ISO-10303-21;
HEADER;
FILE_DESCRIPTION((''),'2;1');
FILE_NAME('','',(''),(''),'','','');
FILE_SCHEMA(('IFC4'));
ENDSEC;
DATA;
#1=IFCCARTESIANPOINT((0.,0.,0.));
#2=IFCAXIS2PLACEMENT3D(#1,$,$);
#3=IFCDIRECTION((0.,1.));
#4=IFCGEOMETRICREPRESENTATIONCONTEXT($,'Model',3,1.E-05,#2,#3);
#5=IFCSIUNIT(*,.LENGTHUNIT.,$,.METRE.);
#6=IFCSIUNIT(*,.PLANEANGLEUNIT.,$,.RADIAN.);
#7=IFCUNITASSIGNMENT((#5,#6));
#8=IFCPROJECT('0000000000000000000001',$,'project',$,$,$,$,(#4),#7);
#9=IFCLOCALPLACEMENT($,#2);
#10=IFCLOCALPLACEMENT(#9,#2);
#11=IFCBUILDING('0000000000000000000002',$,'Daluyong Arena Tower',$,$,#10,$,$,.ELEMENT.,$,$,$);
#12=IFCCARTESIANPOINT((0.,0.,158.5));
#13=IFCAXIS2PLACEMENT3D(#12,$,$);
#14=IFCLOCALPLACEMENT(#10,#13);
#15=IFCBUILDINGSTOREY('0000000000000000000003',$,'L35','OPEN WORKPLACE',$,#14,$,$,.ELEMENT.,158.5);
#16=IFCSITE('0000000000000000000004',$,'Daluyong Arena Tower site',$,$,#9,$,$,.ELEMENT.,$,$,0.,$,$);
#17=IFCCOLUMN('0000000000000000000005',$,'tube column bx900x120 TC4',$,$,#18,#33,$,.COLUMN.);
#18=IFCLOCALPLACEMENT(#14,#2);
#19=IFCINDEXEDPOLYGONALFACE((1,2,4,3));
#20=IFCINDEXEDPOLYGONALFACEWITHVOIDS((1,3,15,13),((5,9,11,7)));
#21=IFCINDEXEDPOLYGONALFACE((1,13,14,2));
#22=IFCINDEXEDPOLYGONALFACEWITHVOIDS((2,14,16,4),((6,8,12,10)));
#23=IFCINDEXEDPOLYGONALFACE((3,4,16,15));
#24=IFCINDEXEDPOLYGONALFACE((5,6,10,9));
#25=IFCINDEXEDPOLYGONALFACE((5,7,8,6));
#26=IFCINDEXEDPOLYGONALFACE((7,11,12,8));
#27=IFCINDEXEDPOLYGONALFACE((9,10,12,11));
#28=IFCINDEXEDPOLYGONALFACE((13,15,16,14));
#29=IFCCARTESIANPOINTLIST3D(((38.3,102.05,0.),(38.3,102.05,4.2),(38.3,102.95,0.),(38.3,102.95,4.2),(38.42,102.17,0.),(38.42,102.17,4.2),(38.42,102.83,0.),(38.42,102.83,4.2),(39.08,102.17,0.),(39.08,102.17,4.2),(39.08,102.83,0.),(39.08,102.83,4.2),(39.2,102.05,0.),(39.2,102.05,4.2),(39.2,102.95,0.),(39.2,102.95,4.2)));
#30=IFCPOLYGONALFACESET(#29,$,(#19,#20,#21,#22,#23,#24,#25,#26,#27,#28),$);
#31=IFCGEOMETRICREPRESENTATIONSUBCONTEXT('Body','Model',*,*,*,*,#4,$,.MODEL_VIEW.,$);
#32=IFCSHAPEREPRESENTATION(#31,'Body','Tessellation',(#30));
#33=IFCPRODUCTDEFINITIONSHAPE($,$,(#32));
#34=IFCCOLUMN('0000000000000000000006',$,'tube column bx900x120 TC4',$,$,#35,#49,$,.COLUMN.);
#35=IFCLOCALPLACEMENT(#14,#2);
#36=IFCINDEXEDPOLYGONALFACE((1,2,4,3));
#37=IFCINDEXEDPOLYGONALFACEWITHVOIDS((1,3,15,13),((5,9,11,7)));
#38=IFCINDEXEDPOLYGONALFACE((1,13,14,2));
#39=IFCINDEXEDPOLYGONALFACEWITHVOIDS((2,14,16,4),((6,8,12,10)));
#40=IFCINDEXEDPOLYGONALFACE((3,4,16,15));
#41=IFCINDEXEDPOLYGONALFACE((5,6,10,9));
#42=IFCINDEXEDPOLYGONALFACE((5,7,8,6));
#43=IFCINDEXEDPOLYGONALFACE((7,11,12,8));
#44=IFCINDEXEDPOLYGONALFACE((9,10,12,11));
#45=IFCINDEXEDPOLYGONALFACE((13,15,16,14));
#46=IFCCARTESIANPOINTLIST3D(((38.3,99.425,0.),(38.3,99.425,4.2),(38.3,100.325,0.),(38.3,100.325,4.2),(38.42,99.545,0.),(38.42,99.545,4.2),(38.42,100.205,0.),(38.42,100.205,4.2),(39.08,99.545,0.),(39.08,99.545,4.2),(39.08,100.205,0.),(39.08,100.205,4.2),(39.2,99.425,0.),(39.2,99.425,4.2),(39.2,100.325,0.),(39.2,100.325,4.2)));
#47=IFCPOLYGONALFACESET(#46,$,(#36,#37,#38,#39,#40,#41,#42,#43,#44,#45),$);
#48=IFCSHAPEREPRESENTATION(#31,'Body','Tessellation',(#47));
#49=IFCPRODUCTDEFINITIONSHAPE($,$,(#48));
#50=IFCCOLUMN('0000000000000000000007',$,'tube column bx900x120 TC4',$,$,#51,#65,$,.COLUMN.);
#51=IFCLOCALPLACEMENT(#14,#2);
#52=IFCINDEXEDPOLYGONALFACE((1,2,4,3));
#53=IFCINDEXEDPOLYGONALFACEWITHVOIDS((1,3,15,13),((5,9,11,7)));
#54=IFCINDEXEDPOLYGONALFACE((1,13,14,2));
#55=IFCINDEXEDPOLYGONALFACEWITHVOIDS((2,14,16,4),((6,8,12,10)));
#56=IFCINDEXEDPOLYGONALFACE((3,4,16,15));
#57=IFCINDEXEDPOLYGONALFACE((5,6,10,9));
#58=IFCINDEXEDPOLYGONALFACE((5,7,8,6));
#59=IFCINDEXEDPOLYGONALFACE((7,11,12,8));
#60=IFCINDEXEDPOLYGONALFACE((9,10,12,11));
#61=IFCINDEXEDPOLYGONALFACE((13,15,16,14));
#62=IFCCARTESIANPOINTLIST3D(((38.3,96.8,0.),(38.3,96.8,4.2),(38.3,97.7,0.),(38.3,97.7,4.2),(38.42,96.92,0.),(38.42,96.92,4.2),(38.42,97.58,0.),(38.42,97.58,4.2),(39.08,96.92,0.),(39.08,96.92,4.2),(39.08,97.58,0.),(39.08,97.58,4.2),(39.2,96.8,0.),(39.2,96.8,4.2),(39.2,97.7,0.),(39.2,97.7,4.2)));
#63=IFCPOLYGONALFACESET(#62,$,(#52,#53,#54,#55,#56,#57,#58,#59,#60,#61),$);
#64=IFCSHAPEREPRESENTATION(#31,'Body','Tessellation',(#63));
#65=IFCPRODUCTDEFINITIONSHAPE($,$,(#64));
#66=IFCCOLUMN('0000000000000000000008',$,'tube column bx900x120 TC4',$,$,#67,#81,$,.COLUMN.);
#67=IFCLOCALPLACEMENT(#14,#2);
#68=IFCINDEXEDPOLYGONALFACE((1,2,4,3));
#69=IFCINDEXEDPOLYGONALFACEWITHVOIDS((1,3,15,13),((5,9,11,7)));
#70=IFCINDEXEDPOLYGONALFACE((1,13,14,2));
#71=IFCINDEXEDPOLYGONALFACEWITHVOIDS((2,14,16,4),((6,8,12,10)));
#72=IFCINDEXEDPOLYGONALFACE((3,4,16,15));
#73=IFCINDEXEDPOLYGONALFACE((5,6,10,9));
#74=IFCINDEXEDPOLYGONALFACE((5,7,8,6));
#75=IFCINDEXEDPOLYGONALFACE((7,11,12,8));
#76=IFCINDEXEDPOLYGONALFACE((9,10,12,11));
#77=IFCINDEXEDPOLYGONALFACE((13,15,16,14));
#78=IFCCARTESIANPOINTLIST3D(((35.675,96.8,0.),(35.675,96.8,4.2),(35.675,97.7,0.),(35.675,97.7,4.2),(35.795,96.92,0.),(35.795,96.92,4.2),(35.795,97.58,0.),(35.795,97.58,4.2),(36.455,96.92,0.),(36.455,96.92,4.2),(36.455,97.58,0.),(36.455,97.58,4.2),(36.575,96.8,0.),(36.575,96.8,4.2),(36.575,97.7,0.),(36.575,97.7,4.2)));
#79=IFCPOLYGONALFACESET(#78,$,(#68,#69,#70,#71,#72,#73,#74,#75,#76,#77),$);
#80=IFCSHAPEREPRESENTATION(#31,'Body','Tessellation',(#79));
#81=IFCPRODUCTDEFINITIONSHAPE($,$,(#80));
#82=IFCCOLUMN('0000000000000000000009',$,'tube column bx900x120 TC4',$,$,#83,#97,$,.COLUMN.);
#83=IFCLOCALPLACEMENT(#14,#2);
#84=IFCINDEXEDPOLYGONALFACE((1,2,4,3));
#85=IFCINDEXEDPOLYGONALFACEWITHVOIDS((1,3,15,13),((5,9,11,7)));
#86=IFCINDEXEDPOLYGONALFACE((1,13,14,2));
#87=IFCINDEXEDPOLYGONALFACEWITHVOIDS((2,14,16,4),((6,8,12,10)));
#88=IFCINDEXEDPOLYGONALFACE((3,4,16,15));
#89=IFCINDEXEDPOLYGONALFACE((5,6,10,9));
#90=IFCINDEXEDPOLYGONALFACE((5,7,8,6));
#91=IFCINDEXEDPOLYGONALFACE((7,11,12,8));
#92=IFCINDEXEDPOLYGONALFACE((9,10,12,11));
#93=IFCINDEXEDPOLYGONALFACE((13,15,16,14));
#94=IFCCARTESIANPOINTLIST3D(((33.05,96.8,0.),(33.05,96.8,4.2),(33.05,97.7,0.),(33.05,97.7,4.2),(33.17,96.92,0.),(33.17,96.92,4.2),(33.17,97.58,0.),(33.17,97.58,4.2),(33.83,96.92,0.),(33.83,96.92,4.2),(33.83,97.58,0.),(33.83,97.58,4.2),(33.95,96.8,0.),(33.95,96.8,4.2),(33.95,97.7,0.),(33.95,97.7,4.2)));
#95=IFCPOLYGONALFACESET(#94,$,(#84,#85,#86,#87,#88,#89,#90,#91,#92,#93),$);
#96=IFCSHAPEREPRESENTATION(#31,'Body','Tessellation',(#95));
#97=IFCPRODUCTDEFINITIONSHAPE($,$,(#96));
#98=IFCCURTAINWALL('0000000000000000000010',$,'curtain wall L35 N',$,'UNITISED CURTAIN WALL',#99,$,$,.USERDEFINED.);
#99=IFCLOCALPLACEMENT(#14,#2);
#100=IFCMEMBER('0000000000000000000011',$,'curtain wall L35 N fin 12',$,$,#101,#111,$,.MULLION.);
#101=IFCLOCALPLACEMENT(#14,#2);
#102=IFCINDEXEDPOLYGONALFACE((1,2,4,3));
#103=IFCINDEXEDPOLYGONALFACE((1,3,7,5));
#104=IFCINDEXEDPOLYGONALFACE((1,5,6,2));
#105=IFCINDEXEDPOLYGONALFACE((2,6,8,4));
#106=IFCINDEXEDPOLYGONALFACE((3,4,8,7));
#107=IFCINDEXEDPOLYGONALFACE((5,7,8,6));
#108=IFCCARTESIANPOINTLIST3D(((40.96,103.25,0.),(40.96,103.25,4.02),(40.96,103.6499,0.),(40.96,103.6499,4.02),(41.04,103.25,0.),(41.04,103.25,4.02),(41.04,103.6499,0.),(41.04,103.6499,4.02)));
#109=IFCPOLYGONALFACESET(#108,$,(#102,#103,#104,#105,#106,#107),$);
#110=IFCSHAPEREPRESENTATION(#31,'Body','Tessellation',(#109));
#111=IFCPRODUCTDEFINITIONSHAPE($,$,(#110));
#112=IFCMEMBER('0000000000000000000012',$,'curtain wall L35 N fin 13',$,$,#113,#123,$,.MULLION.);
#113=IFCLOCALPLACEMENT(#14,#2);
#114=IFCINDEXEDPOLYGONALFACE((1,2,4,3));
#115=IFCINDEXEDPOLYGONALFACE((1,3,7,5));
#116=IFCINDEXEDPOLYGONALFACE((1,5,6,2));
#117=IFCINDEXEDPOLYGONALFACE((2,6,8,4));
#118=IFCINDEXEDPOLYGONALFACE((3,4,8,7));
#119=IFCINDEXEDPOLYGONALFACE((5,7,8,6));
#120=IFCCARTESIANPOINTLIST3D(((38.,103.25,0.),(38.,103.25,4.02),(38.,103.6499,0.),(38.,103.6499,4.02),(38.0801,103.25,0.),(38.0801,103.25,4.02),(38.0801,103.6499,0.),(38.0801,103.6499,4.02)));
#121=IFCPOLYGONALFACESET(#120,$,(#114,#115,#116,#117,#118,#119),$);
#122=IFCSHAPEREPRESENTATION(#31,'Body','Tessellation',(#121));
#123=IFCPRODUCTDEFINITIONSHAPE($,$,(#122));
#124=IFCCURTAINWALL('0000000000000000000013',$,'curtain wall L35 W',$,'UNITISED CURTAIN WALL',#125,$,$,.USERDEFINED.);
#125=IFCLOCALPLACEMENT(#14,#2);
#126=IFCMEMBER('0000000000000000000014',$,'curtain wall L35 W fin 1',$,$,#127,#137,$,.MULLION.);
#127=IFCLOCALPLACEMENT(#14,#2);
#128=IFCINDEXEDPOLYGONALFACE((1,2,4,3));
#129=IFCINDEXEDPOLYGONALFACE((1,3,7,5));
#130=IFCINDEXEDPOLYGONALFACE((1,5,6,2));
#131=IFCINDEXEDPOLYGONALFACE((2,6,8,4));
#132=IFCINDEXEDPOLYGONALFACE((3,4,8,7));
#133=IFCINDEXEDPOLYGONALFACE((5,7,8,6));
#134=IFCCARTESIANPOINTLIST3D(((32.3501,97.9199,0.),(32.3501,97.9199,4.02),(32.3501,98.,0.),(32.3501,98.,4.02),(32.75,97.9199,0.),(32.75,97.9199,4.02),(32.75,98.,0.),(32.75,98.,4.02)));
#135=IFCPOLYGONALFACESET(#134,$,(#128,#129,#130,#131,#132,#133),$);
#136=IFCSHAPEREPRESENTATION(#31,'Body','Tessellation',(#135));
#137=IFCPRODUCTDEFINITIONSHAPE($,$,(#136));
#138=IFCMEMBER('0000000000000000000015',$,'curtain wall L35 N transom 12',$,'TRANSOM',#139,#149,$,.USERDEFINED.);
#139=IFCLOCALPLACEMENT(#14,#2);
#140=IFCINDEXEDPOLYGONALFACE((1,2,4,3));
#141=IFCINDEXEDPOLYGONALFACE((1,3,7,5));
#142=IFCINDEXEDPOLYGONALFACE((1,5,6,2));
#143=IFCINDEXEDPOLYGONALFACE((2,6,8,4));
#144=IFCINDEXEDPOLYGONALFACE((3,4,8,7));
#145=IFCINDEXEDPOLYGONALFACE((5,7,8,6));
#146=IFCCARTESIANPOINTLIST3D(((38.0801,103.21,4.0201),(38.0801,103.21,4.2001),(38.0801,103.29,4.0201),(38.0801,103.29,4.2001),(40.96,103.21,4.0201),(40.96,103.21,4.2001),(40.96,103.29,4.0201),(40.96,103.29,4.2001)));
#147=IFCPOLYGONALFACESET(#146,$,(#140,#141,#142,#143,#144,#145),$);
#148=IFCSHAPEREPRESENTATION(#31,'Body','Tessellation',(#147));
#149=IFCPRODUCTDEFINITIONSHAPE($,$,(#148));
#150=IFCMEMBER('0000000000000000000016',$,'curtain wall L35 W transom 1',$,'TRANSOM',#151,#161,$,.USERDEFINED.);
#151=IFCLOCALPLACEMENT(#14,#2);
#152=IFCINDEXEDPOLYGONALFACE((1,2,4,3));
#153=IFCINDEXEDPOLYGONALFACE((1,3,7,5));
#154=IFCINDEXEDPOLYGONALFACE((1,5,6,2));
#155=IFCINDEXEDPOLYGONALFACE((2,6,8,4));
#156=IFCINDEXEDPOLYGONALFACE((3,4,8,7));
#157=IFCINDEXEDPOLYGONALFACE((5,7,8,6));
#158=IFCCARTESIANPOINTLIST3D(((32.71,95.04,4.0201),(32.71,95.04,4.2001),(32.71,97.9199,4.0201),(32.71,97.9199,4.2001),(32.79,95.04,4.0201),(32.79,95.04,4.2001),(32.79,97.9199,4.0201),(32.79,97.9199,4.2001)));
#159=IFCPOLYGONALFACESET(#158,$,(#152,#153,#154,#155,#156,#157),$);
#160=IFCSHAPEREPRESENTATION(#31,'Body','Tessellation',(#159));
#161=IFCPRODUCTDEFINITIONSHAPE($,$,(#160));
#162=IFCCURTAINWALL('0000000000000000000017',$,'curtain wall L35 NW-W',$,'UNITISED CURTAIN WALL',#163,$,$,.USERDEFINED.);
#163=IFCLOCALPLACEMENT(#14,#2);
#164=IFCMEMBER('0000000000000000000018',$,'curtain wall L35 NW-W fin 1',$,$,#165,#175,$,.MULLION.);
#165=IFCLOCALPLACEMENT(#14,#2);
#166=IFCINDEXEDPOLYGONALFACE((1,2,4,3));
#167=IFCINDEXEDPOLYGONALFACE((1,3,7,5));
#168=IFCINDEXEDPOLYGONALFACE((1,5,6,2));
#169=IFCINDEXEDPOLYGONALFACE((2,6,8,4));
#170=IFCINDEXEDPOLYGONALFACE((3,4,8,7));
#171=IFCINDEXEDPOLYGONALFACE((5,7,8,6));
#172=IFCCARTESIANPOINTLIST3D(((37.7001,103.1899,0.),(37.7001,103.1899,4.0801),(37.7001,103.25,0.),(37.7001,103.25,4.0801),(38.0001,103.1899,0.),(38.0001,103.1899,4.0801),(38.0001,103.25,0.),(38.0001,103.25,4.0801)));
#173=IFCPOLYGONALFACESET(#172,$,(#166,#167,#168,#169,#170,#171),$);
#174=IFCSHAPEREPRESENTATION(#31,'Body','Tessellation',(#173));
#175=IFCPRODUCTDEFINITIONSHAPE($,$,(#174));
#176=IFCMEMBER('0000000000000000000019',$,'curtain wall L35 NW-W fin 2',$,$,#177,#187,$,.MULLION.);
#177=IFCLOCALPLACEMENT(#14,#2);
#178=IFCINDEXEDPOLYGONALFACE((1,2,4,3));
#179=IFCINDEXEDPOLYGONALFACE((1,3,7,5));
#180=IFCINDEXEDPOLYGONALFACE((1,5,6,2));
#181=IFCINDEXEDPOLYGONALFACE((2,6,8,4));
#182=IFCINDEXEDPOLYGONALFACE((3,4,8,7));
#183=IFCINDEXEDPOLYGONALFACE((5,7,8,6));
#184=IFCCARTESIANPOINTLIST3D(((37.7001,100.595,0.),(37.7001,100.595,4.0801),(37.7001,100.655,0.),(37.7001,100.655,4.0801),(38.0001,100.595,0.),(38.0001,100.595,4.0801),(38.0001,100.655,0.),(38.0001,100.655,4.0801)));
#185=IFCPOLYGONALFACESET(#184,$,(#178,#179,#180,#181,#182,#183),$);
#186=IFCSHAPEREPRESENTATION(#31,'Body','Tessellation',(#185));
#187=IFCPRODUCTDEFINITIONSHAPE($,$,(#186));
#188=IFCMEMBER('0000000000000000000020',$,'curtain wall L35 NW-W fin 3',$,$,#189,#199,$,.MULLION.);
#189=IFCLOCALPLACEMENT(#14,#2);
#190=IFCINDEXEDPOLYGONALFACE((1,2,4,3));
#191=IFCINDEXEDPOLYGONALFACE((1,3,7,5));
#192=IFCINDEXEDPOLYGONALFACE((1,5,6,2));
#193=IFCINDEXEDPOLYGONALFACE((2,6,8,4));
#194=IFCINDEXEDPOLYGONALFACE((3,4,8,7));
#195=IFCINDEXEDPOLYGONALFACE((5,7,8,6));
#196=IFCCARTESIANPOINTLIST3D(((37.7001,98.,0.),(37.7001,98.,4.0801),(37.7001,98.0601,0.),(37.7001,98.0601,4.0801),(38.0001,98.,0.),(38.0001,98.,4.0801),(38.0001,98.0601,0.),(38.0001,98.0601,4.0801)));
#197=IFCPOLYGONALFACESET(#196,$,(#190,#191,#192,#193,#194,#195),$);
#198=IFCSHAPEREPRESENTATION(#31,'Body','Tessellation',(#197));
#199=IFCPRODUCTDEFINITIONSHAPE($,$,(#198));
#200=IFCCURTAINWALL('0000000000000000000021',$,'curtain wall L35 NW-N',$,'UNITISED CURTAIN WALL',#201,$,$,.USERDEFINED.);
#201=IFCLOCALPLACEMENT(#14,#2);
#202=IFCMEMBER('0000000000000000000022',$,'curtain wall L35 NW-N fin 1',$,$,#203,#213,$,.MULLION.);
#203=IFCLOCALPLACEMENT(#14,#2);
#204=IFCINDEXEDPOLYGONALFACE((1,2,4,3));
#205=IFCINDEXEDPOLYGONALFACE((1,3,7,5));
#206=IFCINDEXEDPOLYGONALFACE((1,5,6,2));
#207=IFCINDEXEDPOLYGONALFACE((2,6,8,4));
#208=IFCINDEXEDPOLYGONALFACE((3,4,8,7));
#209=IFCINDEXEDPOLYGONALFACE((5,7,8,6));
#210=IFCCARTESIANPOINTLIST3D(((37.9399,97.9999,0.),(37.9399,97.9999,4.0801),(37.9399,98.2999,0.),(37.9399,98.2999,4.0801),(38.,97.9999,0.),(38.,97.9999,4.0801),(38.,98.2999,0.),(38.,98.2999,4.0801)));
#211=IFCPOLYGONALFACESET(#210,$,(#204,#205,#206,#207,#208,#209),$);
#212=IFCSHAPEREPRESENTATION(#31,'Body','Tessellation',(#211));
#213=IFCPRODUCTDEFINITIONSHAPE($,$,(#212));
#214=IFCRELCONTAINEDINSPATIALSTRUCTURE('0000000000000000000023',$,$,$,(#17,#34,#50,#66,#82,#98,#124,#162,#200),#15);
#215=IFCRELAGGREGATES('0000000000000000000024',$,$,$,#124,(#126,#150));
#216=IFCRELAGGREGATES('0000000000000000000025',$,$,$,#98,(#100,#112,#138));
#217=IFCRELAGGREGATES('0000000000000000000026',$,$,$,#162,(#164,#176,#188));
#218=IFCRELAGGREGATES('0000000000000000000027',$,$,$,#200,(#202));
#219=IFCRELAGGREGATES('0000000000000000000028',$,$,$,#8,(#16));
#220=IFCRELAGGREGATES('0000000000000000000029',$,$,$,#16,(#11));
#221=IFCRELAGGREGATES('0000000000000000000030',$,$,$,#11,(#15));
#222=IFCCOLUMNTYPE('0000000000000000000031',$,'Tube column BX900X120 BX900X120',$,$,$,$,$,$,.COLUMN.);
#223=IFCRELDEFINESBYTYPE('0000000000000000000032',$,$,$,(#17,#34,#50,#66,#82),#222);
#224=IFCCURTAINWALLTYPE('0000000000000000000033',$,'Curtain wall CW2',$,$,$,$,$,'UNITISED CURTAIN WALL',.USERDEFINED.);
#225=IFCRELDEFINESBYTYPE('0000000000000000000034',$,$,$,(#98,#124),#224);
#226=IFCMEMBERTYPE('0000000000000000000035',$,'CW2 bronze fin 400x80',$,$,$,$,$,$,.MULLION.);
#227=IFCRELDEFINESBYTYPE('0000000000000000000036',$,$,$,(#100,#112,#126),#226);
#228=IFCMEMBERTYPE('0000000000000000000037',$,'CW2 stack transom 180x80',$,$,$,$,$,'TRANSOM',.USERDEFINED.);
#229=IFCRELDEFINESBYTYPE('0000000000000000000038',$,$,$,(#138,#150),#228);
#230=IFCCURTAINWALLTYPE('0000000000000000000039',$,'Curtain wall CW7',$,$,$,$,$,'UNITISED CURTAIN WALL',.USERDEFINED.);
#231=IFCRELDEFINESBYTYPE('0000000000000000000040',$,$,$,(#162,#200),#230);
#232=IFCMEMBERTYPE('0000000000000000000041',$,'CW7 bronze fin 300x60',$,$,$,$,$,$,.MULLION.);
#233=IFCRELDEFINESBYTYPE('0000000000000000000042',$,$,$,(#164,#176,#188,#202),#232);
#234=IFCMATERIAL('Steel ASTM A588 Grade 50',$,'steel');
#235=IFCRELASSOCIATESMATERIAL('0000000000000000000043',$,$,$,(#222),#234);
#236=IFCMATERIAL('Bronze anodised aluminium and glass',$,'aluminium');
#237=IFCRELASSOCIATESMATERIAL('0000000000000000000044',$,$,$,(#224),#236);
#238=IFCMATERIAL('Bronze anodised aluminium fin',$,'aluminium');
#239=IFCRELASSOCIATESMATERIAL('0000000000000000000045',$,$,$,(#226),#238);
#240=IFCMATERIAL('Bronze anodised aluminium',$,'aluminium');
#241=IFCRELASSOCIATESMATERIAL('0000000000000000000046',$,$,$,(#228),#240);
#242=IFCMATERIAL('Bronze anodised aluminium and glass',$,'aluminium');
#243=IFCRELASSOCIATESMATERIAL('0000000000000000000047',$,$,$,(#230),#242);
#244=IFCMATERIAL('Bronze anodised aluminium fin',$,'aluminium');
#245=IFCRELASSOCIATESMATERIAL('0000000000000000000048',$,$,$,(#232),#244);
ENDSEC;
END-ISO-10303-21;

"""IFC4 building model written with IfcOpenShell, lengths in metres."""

from ifc_helpers import new_model, si_unit, direction, frame, origin, origin_2d, place, context, subcontext, project, spatial, rectangle, hollow_rectangle, extrude, material, material_profile, profile_set, type_object, element, aggregate, save


model = new_model("IFC4")

# Units and contexts
model_context = context("Model", 3, precision=1e-05, world=origin(), true_north=direction((0.0, 1.0)))
body_context = subcontext(model_context, "Body", "Model", "MODEL_VIEW")
ifc_project = project(units=[si_unit("LENGTHUNIT", "METRE"), si_unit("PLANEANGLEUNIT", "RADIAN")], contexts=[model_context])

# Site, building, storey
site_placement = place(None, origin())
site = spatial("IfcSite", under=ifc_project, at=site_placement, Name="Daluyong Arena Tower site", CompositionType="ELEMENT", RefElevation=0.0)
building_placement = place(site_placement, origin())
building = spatial("IfcBuilding", under=site, at=building_placement, Name="Daluyong Arena Tower", CompositionType="ELEMENT")
storey_placement = place(building_placement, frame((0.0, 0.0, 158.5)))
storey = spatial("IfcBuildingStorey", under=building, at=storey_placement, Name="L35", Description="OPEN WORKPLACE", CompositionType="ELEMENT", Elevation=158.5)

# Columns
ifc_material_1 = material(Name="Steel ASTM A588 Grade 50", Category="steel")
ifc_material_profile_1 = material_profile(ifc_material_1, hollow_rectangle(XDim=0.8999, YDim=0.8999, WallThickness=0.12, at=origin_2d()))
ifc_profile_set_1 = profile_set([ifc_material_profile_1], Name="Steel ASTM A588 Grade 50")
column_type = type_object("IfcColumnType", Name="Tube column BX900X120 BX900X120", PredefinedType="COLUMN", material=ifc_profile_set_1)
for number, where, z_axis, x_axis, name in (
    (1, (38.75, 102.5, 0.0), (0.0, 0.0, 1.0), (0.0, 1.0, 0.0), "tube column bx900x120 TC4"),
    (2, (38.75, 99.875, 0.0), (0.0, 0.0, 1.0), (0.0, 1.0, 0.0), "tube column bx900x120 TC4"),
    (3, (38.75, 97.25, 0.0), (0.0, 0.0, 1.0), (1.0, 0.0, 0.0), "tube column bx900x120 TC4"),
    (4, (36.125, 97.25, 0.0), (0.0, 0.0, 1.0), (1.0, 0.0, 0.0), "tube column bx900x120 TC4"),
    (5, (33.5, 97.25, 0.0), (0.0, 0.0, 1.0), (0.0, 1.0, 0.0), "tube column bx900x120 TC4"),
):
    element("IfcColumn", number, at=place(storey_placement, frame(where, z_axis=z_axis, x_axis=x_axis)), inside=storey, type_object=column_type, Name=name, PredefinedType="COLUMN", context=body_context, shape_type="SweptSolid", body=[
        extrude(hollow_rectangle(XDim=0.8999, YDim=0.8999, WallThickness=0.12, at=origin_2d()), origin(), (0.0, 0.0, 1.0), 4.2),
    ])

# Curtain wall, members
ifc_material_2 = material(Name="Bronze anodised aluminium and glass", Category="aluminium")
curtain_wall_type_1 = type_object("IfcCurtainWallType", Name="Curtain wall CW2", ElementType="UNITISED CURTAIN WALL", PredefinedType="USERDEFINED", material=ifc_material_2)
curtain_wall_1_placement = place(storey_placement, origin())
curtain_wall_1 = element("IfcCurtainWall", 6, at=curtain_wall_1_placement, inside=storey, type_object=curtain_wall_type_1, Name="curtain wall L35 N", ObjectType="UNITISED CURTAIN WALL", PredefinedType="USERDEFINED")
ifc_material_3 = material(Name="Bronze anodised aluminium fin", Category="aluminium")
ifc_material_profile_2 = material_profile(ifc_material_3, rectangle(XDim=0.3999, YDim=0.0801, at=origin_2d()))
ifc_profile_set_2 = profile_set([ifc_material_profile_2], Name="Bronze anodised aluminium fin")
member_type_1 = type_object("IfcMemberType", Name="CW2 bronze fin 400x80", PredefinedType="MULLION", material=ifc_profile_set_2)
member_1_placement = place(storey_placement, frame((41.0, 103.45, 0.0), z_axis=(0.0, 0.0, 1.0), x_axis=(0.0, -1.0, 0.0)))
member_1 = element("IfcMember", 7, at=member_1_placement, type_object=member_type_1, Name="curtain wall L35 N fin 12", PredefinedType="MULLION", context=body_context, shape_type="SweptSolid", body=[
    extrude(rectangle(XDim=0.3999, YDim=0.0801, at=origin_2d()), origin(), (0.0, 0.0, 1.0), 4.02),
])
member_2_placement = place(storey_placement, frame((38.04, 103.45, 0.0), z_axis=(0.0, 0.0, 1.0), x_axis=(0.0, -1.0, 0.0)))
member_2 = element("IfcMember", 8, at=member_2_placement, type_object=member_type_1, Name="curtain wall L35 N fin 13", PredefinedType="MULLION", context=body_context, shape_type="SweptSolid", body=[
    extrude(rectangle(XDim=0.3999, YDim=0.0801, at=origin_2d()), origin(), (0.0, 0.0, 1.0), 4.02),
])

# Curtain wall, member
curtain_wall_2_placement = place(storey_placement, origin())
curtain_wall_2 = element("IfcCurtainWall", 9, at=curtain_wall_2_placement, inside=storey, type_object=curtain_wall_type_1, Name="curtain wall L35 W", ObjectType="UNITISED CURTAIN WALL", PredefinedType="USERDEFINED")
member_3_placement = place(storey_placement, frame((32.55, 97.96, 0.0), z_axis=(0.0, 0.0, 1.0), x_axis=(1.0, 0.0, 0.0)))
member_3 = element("IfcMember", 10, at=member_3_placement, type_object=member_type_1, Name="curtain wall L35 W fin 1", PredefinedType="MULLION", context=body_context, shape_type="SweptSolid", body=[
    extrude(rectangle(XDim=0.3999, YDim=0.0801, at=origin_2d()), origin(), (0.0, 0.0, 1.0), 4.02),
])

# Members
ifc_material_4 = material(Name="Bronze anodised aluminium", Category="aluminium")
ifc_material_profile_3 = material_profile(ifc_material_4, rectangle(XDim=0.0801, YDim=0.1799, at=origin_2d()))
ifc_profile_set_3 = profile_set([ifc_material_profile_3], Name="Bronze anodised aluminium")
member_type_2 = type_object("IfcMemberType", Name="CW2 stack transom 180x80", ElementType="TRANSOM", PredefinedType="USERDEFINED", material=ifc_profile_set_3)
member_4_placement = place(storey_placement, frame((40.96, 103.25, 4.1101), z_axis=(-1.0, 0.0, 0.0), x_axis=(0.0, -1.0, 0.0)))
member_4 = element("IfcMember", 11, at=member_4_placement, type_object=member_type_2, Name="curtain wall L35 N transom 12", ObjectType="TRANSOM", PredefinedType="USERDEFINED", context=body_context, shape_type="SweptSolid", body=[
    extrude(rectangle(XDim=0.0801, YDim=0.1799, at=origin_2d()), origin(), (0.0, 0.0, 1.0), 2.8799),
])
member_5_placement = place(storey_placement, frame((32.75, 97.9199, 4.1101), z_axis=(0.0, -1.0, 0.0), x_axis=(1.0, 0.0, 0.0)))
member_5 = element("IfcMember", 12, at=member_5_placement, type_object=member_type_2, Name="curtain wall L35 W transom 1", ObjectType="TRANSOM", PredefinedType="USERDEFINED", context=body_context, shape_type="SweptSolid", body=[
    extrude(rectangle(XDim=0.0801, YDim=0.1799, at=origin_2d()), origin(), (0.0, 0.0, 1.0), 2.8799),
])
aggregate(curtain_wall_2, [member_3, member_5])

# Curtain walls, members
ifc_material_5 = material(Name="Bronze anodised aluminium and glass", Category="aluminium")
curtain_wall_type_2 = type_object("IfcCurtainWallType", Name="Curtain wall CW7", ElementType="UNITISED CURTAIN WALL", PredefinedType="USERDEFINED", material=ifc_material_5)
curtain_wall_3_placement = place(storey_placement, origin())
curtain_wall_3 = element("IfcCurtainWall", 13, at=curtain_wall_3_placement, inside=storey, type_object=curtain_wall_type_2, Name="curtain wall L35 NW-W", ObjectType="UNITISED CURTAIN WALL", PredefinedType="USERDEFINED")
ifc_material_6 = material(Name="Bronze anodised aluminium fin", Category="aluminium")
ifc_material_profile_4 = material_profile(ifc_material_6, rectangle(XDim=0.3, YDim=0.0601, at=origin_2d()))
ifc_profile_set_4 = profile_set([ifc_material_profile_4], Name="Bronze anodised aluminium fin")
member_type_3 = type_object("IfcMemberType", Name="CW7 bronze fin 300x60", PredefinedType="MULLION", material=ifc_profile_set_4)
member_6_placement = place(storey_placement, frame((37.8501, 103.22, 0.0), z_axis=(0.0, 0.0, 1.0), x_axis=(1.0, 0.0, 0.0)))
member_6 = element("IfcMember", 14, at=member_6_placement, type_object=member_type_3, Name="curtain wall L35 NW-W fin 1", PredefinedType="MULLION", context=body_context, shape_type="SweptSolid", body=[
    extrude(rectangle(XDim=0.3, YDim=0.0601, at=origin_2d()), origin(), (0.0, 0.0, 1.0), 4.0801),
])
member_7_placement = place(storey_placement, frame((37.8501, 100.625, 0.0), z_axis=(0.0, 0.0, 1.0), x_axis=(1.0, 0.0, 0.0)))
member_7 = element("IfcMember", 15, at=member_7_placement, type_object=member_type_3, Name="curtain wall L35 NW-W fin 2", PredefinedType="MULLION", context=body_context, shape_type="SweptSolid", body=[
    extrude(rectangle(XDim=0.3, YDim=0.0601, at=origin_2d()), origin(), (0.0, 0.0, 1.0), 4.0801),
])
member_8_placement = place(storey_placement, frame((37.8501, 98.03, 0.0), z_axis=(0.0, 0.0, 1.0), x_axis=(1.0, 0.0, 0.0)))
member_8 = element("IfcMember", 16, at=member_8_placement, type_object=member_type_3, Name="curtain wall L35 NW-W fin 3", PredefinedType="MULLION", context=body_context, shape_type="SweptSolid", body=[
    extrude(rectangle(XDim=0.3, YDim=0.0601, at=origin_2d()), origin(), (0.0, 0.0, 1.0), 4.0801),
])
curtain_wall_4_placement = place(storey_placement, origin())
curtain_wall_4 = element("IfcCurtainWall", 17, at=curtain_wall_4_placement, inside=storey, type_object=curtain_wall_type_2, Name="curtain wall L35 NW-N", ObjectType="UNITISED CURTAIN WALL", PredefinedType="USERDEFINED")
member_9_placement = place(storey_placement, frame((37.97, 98.1499, 0.0), z_axis=(0.0, 0.0, 1.0), x_axis=(0.0, -1.0, 0.0)))
member_9 = element("IfcMember", 18, at=member_9_placement, type_object=member_type_3, Name="curtain wall L35 NW-N fin 1", PredefinedType="MULLION", context=body_context, shape_type="SweptSolid", body=[
    extrude(rectangle(XDim=0.3, YDim=0.0601, at=origin_2d()), origin(), (0.0, 0.0, 1.0), 4.0801),
])

aggregate(curtain_wall_1, [member_1, member_2, member_4])
aggregate(curtain_wall_3, [member_6, member_7, member_8])
aggregate(curtain_wall_4, [member_9])

save(model, "model.ifc")
